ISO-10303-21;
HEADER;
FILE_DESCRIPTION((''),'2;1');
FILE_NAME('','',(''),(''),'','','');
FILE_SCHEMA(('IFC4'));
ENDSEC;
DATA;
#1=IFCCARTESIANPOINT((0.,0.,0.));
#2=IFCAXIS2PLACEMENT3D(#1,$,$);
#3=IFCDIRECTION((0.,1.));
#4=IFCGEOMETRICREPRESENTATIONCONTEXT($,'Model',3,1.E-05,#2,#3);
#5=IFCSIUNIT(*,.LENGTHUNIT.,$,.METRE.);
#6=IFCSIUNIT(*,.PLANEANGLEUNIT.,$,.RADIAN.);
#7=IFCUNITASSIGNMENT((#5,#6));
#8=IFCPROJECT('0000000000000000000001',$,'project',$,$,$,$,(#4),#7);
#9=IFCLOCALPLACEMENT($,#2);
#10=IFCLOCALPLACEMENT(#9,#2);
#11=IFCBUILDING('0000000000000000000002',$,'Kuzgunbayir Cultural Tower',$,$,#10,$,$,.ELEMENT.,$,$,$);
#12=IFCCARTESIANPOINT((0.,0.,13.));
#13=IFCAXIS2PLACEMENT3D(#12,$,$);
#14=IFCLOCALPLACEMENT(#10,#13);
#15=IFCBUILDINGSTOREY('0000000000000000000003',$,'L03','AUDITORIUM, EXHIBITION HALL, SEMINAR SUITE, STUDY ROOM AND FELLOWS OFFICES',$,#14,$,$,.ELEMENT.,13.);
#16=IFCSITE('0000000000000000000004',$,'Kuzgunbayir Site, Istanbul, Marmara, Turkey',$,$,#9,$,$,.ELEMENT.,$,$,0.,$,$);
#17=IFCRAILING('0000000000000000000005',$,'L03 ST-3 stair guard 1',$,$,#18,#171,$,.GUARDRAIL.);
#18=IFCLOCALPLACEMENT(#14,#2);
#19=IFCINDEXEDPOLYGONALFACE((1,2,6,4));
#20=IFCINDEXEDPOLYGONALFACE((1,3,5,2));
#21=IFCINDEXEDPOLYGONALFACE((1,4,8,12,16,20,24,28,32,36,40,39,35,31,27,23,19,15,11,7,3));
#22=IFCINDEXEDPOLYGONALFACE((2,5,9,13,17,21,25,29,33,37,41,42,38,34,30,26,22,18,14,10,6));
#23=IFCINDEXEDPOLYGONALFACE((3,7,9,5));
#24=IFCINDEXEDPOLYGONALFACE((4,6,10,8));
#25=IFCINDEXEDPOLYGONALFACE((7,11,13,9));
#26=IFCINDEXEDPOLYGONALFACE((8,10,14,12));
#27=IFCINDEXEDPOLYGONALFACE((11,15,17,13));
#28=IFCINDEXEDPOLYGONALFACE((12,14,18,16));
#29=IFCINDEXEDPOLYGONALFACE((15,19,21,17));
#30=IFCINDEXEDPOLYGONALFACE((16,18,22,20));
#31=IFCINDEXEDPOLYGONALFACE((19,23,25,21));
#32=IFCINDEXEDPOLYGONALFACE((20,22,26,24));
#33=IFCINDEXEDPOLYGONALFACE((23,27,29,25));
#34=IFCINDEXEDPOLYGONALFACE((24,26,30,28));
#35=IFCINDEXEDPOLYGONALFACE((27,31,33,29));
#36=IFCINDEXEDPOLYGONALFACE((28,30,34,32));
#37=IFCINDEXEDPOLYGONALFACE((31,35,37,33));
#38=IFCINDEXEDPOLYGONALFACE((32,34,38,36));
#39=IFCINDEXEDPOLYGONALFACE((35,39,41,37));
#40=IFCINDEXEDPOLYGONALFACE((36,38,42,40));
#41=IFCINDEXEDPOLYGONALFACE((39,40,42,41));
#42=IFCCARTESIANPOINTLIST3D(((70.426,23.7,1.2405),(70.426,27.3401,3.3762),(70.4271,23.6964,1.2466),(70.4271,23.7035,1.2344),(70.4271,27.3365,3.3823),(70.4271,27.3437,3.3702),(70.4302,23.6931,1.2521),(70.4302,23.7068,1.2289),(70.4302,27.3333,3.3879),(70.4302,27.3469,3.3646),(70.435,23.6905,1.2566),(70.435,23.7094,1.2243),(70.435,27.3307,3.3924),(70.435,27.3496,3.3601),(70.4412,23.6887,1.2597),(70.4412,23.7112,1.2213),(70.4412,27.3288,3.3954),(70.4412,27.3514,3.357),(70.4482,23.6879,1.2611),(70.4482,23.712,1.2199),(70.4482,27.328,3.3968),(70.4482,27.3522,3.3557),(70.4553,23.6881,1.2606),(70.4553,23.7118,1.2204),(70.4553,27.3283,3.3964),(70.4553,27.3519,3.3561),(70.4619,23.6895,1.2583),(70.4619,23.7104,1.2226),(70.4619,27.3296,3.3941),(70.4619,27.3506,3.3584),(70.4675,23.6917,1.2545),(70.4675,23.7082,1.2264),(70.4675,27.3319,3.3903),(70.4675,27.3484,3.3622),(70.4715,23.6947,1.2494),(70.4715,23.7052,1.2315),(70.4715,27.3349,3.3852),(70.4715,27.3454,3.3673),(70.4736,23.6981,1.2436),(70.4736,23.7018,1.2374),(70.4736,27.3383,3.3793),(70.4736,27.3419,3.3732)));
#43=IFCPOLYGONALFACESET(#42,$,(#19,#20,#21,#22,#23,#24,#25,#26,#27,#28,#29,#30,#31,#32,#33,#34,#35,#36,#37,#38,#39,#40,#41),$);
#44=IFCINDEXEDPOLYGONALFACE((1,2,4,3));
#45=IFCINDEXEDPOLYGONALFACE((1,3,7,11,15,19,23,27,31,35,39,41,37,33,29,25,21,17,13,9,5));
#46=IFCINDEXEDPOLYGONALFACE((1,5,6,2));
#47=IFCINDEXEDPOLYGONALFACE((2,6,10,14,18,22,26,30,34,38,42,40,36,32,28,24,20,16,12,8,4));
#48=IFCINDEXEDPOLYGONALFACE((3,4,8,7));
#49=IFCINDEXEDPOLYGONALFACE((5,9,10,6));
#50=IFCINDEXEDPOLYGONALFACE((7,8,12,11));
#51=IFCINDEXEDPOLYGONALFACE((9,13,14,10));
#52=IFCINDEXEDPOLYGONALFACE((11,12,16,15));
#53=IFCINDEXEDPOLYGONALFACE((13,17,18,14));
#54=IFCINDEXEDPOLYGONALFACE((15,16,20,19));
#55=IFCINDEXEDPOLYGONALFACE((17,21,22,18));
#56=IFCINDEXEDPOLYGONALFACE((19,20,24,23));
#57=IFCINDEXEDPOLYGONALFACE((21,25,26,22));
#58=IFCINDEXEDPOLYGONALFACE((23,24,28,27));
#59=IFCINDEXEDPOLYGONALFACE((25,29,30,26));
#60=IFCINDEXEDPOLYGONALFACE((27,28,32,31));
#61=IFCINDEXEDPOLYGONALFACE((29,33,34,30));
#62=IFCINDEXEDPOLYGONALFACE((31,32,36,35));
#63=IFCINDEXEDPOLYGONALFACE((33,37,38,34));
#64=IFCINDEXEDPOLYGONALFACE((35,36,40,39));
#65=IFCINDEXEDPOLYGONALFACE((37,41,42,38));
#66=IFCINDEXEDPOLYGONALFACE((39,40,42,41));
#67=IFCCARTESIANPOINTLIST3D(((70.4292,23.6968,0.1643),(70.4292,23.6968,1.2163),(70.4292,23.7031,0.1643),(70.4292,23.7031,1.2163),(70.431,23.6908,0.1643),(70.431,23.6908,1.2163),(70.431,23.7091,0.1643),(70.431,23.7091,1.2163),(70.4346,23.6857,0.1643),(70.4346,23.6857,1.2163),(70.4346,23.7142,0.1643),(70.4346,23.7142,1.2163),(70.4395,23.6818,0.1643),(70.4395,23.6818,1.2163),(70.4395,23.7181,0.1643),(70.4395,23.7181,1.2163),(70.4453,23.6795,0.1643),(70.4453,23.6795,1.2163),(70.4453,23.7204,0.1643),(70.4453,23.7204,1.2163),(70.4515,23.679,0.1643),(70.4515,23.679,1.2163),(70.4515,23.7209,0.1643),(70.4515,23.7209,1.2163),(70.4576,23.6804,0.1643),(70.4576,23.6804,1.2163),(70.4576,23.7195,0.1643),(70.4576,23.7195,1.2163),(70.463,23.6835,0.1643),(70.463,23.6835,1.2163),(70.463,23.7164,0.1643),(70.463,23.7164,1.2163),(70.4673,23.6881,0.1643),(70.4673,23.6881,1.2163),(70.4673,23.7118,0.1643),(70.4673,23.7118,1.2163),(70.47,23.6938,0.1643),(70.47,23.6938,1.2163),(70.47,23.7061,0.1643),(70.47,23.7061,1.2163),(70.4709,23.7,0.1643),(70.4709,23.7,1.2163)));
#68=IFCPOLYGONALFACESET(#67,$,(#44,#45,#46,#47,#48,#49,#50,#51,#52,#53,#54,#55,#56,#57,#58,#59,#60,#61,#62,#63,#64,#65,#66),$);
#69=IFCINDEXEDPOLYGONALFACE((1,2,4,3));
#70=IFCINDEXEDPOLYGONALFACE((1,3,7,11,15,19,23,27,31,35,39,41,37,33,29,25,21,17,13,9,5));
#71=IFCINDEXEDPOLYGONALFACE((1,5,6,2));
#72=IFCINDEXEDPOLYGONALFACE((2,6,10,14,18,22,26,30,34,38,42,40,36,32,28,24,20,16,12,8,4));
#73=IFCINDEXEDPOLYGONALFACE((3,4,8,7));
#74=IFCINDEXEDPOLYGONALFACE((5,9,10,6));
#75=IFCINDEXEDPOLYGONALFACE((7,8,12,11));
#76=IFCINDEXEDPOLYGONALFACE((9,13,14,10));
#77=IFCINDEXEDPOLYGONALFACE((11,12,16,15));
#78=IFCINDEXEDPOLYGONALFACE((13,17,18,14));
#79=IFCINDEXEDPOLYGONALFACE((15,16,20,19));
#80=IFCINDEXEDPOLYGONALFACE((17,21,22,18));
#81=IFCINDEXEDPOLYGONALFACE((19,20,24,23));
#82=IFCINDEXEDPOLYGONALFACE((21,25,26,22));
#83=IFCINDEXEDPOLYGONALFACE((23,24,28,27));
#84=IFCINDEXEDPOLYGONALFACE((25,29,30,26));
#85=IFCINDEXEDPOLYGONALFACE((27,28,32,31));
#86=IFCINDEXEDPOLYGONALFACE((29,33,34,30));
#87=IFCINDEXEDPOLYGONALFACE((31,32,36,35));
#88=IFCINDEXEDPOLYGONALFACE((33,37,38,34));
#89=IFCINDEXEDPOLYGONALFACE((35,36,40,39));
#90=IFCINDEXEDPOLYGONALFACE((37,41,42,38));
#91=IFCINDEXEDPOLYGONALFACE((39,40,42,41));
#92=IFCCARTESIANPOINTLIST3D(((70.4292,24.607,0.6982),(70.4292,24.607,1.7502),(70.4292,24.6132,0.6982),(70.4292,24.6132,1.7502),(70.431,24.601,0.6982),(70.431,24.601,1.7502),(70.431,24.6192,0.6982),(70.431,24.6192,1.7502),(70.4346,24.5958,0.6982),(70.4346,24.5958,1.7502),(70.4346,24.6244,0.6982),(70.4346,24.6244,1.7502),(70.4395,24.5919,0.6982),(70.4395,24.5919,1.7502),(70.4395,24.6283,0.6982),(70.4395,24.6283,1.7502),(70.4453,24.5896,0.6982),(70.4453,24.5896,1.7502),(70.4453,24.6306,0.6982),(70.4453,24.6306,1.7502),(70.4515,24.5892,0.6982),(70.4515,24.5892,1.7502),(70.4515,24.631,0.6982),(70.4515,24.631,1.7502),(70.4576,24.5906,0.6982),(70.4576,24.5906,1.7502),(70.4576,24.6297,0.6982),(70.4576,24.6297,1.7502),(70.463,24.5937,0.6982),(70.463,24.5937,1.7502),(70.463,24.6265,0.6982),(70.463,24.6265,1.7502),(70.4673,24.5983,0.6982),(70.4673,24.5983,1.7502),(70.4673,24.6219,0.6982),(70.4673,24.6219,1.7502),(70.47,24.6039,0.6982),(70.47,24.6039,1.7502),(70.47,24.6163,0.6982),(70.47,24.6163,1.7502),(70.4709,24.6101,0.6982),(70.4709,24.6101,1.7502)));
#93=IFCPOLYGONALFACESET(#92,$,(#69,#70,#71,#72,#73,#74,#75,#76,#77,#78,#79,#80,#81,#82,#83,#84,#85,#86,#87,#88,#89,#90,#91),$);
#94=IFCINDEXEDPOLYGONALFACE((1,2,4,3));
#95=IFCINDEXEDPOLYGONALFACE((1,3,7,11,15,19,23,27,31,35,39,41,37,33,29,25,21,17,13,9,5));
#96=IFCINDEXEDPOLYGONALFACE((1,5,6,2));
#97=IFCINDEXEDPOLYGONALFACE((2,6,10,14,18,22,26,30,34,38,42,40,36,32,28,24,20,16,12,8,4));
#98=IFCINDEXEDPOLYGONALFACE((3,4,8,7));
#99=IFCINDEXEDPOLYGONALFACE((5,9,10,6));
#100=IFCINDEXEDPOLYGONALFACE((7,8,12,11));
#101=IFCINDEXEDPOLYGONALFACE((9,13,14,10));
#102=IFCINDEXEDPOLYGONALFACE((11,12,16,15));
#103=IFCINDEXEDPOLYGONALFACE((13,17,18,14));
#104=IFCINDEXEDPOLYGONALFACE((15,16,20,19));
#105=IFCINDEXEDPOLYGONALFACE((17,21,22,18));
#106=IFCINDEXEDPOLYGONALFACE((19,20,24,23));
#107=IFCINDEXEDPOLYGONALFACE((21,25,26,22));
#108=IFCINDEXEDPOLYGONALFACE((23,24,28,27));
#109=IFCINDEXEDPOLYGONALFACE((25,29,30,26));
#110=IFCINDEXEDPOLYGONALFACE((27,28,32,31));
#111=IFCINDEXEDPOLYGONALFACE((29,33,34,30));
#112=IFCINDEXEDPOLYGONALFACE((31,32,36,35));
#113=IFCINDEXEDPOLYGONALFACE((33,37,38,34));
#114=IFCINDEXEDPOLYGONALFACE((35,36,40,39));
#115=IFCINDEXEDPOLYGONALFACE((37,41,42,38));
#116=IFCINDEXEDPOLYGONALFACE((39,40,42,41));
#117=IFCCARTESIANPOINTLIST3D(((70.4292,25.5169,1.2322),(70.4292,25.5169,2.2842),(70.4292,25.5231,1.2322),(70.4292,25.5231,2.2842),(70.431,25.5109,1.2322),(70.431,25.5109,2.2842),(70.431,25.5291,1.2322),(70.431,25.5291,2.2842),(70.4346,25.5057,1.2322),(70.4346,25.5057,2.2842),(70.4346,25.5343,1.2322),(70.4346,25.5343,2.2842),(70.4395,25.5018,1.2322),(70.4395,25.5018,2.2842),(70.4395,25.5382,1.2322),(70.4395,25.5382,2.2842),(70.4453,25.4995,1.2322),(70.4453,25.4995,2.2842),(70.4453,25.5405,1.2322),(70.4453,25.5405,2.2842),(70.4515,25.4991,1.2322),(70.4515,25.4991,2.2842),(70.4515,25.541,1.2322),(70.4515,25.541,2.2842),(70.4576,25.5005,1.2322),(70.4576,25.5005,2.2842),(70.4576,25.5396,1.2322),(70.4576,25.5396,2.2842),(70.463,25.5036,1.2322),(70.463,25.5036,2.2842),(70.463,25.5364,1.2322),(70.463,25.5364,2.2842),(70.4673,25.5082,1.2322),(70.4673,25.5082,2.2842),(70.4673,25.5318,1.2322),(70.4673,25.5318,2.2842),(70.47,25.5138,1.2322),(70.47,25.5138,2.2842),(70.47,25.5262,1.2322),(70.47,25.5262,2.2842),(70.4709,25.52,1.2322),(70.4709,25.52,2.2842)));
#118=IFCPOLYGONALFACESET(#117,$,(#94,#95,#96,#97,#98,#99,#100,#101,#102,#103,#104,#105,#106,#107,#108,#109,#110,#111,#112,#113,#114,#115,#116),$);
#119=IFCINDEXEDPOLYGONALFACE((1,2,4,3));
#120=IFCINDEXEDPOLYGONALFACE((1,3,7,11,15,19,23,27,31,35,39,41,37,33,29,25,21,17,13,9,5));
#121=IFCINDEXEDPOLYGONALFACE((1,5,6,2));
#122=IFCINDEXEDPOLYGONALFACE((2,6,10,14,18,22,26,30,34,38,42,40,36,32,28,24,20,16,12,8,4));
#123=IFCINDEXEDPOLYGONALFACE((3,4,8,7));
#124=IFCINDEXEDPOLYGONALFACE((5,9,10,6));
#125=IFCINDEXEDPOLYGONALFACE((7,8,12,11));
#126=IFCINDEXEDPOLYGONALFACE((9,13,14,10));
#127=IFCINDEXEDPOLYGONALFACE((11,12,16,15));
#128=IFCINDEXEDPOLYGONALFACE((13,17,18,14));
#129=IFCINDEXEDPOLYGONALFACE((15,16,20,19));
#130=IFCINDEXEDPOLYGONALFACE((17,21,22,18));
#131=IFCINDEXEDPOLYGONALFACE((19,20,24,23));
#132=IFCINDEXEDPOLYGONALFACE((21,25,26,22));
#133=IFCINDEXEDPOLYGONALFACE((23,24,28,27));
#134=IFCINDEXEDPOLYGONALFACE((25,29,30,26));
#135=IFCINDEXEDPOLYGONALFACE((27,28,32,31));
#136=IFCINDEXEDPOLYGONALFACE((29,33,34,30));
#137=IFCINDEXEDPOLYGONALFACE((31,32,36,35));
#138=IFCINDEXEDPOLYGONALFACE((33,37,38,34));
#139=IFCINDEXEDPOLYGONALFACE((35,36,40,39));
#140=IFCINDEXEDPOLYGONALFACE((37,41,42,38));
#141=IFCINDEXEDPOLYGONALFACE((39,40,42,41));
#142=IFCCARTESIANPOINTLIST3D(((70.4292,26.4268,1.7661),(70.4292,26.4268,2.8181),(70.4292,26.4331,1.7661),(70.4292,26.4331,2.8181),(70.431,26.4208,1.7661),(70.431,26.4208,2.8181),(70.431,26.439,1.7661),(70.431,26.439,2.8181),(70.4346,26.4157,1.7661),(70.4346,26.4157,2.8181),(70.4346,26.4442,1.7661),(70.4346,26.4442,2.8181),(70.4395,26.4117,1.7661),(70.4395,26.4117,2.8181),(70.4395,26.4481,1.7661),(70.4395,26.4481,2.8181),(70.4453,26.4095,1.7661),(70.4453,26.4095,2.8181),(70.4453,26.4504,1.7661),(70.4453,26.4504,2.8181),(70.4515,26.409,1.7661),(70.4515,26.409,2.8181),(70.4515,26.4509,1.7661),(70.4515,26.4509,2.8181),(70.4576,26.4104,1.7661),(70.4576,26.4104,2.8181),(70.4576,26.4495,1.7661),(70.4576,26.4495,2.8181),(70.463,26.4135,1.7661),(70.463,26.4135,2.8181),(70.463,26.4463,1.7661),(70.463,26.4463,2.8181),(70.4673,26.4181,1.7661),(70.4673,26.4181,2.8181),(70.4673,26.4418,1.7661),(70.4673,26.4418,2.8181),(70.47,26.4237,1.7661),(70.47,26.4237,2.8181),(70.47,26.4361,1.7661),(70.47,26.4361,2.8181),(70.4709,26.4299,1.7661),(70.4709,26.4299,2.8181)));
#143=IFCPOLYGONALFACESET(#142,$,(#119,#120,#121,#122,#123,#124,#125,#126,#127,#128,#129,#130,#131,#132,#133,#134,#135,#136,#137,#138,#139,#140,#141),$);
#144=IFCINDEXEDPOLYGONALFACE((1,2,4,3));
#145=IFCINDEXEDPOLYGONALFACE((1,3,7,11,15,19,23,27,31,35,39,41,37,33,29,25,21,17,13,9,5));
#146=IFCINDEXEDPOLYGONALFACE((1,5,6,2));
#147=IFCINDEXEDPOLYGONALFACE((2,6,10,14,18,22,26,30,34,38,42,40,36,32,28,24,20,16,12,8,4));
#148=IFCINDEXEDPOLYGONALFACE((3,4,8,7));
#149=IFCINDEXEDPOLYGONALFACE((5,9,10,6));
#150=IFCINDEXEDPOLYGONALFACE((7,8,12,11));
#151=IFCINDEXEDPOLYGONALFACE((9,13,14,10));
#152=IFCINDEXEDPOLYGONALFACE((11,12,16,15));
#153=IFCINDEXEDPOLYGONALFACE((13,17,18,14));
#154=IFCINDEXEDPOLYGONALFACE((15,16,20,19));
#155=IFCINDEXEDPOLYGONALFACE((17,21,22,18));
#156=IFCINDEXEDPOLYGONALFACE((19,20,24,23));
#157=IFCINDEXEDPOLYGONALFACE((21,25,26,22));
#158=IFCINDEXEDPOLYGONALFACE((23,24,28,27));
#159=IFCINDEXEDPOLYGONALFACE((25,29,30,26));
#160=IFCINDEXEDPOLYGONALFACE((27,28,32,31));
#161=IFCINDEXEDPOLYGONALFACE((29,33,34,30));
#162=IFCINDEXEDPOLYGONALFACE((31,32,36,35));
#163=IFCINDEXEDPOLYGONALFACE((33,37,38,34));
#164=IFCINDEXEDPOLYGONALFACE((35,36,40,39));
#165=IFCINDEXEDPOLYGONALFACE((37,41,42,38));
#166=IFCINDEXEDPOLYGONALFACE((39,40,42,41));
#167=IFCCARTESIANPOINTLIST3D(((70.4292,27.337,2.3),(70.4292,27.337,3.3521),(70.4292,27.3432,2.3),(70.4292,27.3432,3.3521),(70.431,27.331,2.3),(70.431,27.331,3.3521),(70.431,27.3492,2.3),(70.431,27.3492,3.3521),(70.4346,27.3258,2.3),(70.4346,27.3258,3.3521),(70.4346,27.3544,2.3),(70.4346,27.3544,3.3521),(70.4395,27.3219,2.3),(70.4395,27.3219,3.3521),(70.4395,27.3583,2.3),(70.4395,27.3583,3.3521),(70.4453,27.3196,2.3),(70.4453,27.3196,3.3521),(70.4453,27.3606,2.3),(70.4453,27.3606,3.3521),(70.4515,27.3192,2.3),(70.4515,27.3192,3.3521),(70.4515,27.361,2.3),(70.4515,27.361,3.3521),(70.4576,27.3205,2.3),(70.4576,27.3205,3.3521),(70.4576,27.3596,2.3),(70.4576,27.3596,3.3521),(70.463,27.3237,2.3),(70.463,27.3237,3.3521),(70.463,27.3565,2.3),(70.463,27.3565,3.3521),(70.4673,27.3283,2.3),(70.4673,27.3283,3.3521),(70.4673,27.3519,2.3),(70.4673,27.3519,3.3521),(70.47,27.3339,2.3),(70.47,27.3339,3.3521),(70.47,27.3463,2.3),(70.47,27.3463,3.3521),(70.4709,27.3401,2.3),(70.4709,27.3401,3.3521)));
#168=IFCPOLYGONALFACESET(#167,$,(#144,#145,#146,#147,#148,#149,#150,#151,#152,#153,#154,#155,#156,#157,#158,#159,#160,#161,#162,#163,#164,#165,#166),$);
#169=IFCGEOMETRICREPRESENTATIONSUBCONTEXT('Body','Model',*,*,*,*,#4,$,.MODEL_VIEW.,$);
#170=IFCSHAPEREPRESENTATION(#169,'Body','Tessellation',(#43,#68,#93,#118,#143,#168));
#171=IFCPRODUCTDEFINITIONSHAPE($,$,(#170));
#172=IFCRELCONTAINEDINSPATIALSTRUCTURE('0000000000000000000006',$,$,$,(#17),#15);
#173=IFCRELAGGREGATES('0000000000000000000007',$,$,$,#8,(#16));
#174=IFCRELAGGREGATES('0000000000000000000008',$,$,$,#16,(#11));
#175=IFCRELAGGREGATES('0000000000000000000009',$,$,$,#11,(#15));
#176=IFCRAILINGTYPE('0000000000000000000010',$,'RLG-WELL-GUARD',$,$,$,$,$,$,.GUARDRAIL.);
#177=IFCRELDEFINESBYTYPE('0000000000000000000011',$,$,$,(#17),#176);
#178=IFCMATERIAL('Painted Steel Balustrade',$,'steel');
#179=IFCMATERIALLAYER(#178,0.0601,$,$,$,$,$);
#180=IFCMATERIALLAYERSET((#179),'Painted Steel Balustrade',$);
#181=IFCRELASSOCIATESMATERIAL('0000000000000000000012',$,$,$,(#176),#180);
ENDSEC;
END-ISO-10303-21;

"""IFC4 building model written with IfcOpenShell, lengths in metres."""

from ifc_helpers import new_model, si_unit, direction, frame, origin, origin_2d, place, context, subcontext, project, spatial, circle, extrude, material, layer, layer_set, type_object, element, save


model = new_model("IFC4")

# Units and contexts
model_context = context("Model", 3, precision=1e-05, world=origin(), true_north=direction((0.0, 1.0)))
body_context = subcontext(model_context, "Body", "Model", "MODEL_VIEW")
ifc_project = project(units=[si_unit("LENGTHUNIT", "METRE"), si_unit("PLANEANGLEUNIT", "RADIAN")], contexts=[model_context])

# Site, building, storey
site_placement = place(None, origin())
site = spatial("IfcSite", under=ifc_project, at=site_placement, Name="Kuzgunbayir Site, Istanbul, Marmara, Turkey", CompositionType="ELEMENT", RefElevation=0.0)
building_placement = place(site_placement, origin())
building = spatial("IfcBuilding", under=site, at=building_placement, Name="Kuzgunbayir Cultural Tower", CompositionType="ELEMENT")
storey_placement = place(building_placement, frame((0.0, 0.0, 13.0)))
storey = spatial("IfcBuildingStorey", under=building, at=storey_placement, Name="L03", Description="AUDITORIUM, EXHIBITION HALL, SEMINAR SUITE, STUDY ROOM AND FELLOWS OFFICES", CompositionType="ELEMENT", Elevation=13.0)

# Railing
ifc_material_1 = material(Name="Painted Steel Balustrade", Category="steel")
ifc_layer_1 = layer(ifc_material_1, 0.0601)
ifc_layer_set_1 = layer_set([ifc_layer_1], Name="Painted Steel Balustrade")
railing_type = type_object("IfcRailingType", Name="RLG-WELL-GUARD", PredefinedType="GUARDRAIL", material=ifc_layer_set_1)
railing_1_placement = place(storey_placement, frame((70.45, 23.7, 0.1643)))
element("IfcRailing", 1, at=railing_1_placement, inside=storey, type_object=railing_type, Name="L03 ST-3 stair guard 1", PredefinedType="GUARDRAIL", context=body_context, shape_type="SweptSolid", body=[
    extrude(circle(Radius=0.0239, at=origin_2d()), frame((0.0, 0.0, 1.0762), z_axis=(0.0, 0.862505, 0.506049), x_axis=(-1.0, 0.0, 0.0)), (0.0, 0.0, 1.0), 4.2205),
    extrude(circle(Radius=0.021, at=origin_2d()), origin(), (0.0, 0.0, 1.0), 1.052),
    extrude(circle(Radius=0.021, at=origin_2d()), frame((0.0, 0.9102, 0.5339)), (0.0, 0.0, 1.0), 1.052),
    extrude(circle(Radius=0.021, at=origin_2d()), frame((0.0, 1.8201, 1.0679)), (0.0, 0.0, 1.0), 1.052),
    extrude(circle(Radius=0.021, at=origin_2d()), frame((0.0, 2.73, 1.6018)), (0.0, 0.0, 1.0), 1.052),
    extrude(circle(Radius=0.021, at=origin_2d()), frame((0.0, 3.6401, 2.1357)), (0.0, 0.0, 1.0), 1.052),
])

save(model, "model.ifc")
